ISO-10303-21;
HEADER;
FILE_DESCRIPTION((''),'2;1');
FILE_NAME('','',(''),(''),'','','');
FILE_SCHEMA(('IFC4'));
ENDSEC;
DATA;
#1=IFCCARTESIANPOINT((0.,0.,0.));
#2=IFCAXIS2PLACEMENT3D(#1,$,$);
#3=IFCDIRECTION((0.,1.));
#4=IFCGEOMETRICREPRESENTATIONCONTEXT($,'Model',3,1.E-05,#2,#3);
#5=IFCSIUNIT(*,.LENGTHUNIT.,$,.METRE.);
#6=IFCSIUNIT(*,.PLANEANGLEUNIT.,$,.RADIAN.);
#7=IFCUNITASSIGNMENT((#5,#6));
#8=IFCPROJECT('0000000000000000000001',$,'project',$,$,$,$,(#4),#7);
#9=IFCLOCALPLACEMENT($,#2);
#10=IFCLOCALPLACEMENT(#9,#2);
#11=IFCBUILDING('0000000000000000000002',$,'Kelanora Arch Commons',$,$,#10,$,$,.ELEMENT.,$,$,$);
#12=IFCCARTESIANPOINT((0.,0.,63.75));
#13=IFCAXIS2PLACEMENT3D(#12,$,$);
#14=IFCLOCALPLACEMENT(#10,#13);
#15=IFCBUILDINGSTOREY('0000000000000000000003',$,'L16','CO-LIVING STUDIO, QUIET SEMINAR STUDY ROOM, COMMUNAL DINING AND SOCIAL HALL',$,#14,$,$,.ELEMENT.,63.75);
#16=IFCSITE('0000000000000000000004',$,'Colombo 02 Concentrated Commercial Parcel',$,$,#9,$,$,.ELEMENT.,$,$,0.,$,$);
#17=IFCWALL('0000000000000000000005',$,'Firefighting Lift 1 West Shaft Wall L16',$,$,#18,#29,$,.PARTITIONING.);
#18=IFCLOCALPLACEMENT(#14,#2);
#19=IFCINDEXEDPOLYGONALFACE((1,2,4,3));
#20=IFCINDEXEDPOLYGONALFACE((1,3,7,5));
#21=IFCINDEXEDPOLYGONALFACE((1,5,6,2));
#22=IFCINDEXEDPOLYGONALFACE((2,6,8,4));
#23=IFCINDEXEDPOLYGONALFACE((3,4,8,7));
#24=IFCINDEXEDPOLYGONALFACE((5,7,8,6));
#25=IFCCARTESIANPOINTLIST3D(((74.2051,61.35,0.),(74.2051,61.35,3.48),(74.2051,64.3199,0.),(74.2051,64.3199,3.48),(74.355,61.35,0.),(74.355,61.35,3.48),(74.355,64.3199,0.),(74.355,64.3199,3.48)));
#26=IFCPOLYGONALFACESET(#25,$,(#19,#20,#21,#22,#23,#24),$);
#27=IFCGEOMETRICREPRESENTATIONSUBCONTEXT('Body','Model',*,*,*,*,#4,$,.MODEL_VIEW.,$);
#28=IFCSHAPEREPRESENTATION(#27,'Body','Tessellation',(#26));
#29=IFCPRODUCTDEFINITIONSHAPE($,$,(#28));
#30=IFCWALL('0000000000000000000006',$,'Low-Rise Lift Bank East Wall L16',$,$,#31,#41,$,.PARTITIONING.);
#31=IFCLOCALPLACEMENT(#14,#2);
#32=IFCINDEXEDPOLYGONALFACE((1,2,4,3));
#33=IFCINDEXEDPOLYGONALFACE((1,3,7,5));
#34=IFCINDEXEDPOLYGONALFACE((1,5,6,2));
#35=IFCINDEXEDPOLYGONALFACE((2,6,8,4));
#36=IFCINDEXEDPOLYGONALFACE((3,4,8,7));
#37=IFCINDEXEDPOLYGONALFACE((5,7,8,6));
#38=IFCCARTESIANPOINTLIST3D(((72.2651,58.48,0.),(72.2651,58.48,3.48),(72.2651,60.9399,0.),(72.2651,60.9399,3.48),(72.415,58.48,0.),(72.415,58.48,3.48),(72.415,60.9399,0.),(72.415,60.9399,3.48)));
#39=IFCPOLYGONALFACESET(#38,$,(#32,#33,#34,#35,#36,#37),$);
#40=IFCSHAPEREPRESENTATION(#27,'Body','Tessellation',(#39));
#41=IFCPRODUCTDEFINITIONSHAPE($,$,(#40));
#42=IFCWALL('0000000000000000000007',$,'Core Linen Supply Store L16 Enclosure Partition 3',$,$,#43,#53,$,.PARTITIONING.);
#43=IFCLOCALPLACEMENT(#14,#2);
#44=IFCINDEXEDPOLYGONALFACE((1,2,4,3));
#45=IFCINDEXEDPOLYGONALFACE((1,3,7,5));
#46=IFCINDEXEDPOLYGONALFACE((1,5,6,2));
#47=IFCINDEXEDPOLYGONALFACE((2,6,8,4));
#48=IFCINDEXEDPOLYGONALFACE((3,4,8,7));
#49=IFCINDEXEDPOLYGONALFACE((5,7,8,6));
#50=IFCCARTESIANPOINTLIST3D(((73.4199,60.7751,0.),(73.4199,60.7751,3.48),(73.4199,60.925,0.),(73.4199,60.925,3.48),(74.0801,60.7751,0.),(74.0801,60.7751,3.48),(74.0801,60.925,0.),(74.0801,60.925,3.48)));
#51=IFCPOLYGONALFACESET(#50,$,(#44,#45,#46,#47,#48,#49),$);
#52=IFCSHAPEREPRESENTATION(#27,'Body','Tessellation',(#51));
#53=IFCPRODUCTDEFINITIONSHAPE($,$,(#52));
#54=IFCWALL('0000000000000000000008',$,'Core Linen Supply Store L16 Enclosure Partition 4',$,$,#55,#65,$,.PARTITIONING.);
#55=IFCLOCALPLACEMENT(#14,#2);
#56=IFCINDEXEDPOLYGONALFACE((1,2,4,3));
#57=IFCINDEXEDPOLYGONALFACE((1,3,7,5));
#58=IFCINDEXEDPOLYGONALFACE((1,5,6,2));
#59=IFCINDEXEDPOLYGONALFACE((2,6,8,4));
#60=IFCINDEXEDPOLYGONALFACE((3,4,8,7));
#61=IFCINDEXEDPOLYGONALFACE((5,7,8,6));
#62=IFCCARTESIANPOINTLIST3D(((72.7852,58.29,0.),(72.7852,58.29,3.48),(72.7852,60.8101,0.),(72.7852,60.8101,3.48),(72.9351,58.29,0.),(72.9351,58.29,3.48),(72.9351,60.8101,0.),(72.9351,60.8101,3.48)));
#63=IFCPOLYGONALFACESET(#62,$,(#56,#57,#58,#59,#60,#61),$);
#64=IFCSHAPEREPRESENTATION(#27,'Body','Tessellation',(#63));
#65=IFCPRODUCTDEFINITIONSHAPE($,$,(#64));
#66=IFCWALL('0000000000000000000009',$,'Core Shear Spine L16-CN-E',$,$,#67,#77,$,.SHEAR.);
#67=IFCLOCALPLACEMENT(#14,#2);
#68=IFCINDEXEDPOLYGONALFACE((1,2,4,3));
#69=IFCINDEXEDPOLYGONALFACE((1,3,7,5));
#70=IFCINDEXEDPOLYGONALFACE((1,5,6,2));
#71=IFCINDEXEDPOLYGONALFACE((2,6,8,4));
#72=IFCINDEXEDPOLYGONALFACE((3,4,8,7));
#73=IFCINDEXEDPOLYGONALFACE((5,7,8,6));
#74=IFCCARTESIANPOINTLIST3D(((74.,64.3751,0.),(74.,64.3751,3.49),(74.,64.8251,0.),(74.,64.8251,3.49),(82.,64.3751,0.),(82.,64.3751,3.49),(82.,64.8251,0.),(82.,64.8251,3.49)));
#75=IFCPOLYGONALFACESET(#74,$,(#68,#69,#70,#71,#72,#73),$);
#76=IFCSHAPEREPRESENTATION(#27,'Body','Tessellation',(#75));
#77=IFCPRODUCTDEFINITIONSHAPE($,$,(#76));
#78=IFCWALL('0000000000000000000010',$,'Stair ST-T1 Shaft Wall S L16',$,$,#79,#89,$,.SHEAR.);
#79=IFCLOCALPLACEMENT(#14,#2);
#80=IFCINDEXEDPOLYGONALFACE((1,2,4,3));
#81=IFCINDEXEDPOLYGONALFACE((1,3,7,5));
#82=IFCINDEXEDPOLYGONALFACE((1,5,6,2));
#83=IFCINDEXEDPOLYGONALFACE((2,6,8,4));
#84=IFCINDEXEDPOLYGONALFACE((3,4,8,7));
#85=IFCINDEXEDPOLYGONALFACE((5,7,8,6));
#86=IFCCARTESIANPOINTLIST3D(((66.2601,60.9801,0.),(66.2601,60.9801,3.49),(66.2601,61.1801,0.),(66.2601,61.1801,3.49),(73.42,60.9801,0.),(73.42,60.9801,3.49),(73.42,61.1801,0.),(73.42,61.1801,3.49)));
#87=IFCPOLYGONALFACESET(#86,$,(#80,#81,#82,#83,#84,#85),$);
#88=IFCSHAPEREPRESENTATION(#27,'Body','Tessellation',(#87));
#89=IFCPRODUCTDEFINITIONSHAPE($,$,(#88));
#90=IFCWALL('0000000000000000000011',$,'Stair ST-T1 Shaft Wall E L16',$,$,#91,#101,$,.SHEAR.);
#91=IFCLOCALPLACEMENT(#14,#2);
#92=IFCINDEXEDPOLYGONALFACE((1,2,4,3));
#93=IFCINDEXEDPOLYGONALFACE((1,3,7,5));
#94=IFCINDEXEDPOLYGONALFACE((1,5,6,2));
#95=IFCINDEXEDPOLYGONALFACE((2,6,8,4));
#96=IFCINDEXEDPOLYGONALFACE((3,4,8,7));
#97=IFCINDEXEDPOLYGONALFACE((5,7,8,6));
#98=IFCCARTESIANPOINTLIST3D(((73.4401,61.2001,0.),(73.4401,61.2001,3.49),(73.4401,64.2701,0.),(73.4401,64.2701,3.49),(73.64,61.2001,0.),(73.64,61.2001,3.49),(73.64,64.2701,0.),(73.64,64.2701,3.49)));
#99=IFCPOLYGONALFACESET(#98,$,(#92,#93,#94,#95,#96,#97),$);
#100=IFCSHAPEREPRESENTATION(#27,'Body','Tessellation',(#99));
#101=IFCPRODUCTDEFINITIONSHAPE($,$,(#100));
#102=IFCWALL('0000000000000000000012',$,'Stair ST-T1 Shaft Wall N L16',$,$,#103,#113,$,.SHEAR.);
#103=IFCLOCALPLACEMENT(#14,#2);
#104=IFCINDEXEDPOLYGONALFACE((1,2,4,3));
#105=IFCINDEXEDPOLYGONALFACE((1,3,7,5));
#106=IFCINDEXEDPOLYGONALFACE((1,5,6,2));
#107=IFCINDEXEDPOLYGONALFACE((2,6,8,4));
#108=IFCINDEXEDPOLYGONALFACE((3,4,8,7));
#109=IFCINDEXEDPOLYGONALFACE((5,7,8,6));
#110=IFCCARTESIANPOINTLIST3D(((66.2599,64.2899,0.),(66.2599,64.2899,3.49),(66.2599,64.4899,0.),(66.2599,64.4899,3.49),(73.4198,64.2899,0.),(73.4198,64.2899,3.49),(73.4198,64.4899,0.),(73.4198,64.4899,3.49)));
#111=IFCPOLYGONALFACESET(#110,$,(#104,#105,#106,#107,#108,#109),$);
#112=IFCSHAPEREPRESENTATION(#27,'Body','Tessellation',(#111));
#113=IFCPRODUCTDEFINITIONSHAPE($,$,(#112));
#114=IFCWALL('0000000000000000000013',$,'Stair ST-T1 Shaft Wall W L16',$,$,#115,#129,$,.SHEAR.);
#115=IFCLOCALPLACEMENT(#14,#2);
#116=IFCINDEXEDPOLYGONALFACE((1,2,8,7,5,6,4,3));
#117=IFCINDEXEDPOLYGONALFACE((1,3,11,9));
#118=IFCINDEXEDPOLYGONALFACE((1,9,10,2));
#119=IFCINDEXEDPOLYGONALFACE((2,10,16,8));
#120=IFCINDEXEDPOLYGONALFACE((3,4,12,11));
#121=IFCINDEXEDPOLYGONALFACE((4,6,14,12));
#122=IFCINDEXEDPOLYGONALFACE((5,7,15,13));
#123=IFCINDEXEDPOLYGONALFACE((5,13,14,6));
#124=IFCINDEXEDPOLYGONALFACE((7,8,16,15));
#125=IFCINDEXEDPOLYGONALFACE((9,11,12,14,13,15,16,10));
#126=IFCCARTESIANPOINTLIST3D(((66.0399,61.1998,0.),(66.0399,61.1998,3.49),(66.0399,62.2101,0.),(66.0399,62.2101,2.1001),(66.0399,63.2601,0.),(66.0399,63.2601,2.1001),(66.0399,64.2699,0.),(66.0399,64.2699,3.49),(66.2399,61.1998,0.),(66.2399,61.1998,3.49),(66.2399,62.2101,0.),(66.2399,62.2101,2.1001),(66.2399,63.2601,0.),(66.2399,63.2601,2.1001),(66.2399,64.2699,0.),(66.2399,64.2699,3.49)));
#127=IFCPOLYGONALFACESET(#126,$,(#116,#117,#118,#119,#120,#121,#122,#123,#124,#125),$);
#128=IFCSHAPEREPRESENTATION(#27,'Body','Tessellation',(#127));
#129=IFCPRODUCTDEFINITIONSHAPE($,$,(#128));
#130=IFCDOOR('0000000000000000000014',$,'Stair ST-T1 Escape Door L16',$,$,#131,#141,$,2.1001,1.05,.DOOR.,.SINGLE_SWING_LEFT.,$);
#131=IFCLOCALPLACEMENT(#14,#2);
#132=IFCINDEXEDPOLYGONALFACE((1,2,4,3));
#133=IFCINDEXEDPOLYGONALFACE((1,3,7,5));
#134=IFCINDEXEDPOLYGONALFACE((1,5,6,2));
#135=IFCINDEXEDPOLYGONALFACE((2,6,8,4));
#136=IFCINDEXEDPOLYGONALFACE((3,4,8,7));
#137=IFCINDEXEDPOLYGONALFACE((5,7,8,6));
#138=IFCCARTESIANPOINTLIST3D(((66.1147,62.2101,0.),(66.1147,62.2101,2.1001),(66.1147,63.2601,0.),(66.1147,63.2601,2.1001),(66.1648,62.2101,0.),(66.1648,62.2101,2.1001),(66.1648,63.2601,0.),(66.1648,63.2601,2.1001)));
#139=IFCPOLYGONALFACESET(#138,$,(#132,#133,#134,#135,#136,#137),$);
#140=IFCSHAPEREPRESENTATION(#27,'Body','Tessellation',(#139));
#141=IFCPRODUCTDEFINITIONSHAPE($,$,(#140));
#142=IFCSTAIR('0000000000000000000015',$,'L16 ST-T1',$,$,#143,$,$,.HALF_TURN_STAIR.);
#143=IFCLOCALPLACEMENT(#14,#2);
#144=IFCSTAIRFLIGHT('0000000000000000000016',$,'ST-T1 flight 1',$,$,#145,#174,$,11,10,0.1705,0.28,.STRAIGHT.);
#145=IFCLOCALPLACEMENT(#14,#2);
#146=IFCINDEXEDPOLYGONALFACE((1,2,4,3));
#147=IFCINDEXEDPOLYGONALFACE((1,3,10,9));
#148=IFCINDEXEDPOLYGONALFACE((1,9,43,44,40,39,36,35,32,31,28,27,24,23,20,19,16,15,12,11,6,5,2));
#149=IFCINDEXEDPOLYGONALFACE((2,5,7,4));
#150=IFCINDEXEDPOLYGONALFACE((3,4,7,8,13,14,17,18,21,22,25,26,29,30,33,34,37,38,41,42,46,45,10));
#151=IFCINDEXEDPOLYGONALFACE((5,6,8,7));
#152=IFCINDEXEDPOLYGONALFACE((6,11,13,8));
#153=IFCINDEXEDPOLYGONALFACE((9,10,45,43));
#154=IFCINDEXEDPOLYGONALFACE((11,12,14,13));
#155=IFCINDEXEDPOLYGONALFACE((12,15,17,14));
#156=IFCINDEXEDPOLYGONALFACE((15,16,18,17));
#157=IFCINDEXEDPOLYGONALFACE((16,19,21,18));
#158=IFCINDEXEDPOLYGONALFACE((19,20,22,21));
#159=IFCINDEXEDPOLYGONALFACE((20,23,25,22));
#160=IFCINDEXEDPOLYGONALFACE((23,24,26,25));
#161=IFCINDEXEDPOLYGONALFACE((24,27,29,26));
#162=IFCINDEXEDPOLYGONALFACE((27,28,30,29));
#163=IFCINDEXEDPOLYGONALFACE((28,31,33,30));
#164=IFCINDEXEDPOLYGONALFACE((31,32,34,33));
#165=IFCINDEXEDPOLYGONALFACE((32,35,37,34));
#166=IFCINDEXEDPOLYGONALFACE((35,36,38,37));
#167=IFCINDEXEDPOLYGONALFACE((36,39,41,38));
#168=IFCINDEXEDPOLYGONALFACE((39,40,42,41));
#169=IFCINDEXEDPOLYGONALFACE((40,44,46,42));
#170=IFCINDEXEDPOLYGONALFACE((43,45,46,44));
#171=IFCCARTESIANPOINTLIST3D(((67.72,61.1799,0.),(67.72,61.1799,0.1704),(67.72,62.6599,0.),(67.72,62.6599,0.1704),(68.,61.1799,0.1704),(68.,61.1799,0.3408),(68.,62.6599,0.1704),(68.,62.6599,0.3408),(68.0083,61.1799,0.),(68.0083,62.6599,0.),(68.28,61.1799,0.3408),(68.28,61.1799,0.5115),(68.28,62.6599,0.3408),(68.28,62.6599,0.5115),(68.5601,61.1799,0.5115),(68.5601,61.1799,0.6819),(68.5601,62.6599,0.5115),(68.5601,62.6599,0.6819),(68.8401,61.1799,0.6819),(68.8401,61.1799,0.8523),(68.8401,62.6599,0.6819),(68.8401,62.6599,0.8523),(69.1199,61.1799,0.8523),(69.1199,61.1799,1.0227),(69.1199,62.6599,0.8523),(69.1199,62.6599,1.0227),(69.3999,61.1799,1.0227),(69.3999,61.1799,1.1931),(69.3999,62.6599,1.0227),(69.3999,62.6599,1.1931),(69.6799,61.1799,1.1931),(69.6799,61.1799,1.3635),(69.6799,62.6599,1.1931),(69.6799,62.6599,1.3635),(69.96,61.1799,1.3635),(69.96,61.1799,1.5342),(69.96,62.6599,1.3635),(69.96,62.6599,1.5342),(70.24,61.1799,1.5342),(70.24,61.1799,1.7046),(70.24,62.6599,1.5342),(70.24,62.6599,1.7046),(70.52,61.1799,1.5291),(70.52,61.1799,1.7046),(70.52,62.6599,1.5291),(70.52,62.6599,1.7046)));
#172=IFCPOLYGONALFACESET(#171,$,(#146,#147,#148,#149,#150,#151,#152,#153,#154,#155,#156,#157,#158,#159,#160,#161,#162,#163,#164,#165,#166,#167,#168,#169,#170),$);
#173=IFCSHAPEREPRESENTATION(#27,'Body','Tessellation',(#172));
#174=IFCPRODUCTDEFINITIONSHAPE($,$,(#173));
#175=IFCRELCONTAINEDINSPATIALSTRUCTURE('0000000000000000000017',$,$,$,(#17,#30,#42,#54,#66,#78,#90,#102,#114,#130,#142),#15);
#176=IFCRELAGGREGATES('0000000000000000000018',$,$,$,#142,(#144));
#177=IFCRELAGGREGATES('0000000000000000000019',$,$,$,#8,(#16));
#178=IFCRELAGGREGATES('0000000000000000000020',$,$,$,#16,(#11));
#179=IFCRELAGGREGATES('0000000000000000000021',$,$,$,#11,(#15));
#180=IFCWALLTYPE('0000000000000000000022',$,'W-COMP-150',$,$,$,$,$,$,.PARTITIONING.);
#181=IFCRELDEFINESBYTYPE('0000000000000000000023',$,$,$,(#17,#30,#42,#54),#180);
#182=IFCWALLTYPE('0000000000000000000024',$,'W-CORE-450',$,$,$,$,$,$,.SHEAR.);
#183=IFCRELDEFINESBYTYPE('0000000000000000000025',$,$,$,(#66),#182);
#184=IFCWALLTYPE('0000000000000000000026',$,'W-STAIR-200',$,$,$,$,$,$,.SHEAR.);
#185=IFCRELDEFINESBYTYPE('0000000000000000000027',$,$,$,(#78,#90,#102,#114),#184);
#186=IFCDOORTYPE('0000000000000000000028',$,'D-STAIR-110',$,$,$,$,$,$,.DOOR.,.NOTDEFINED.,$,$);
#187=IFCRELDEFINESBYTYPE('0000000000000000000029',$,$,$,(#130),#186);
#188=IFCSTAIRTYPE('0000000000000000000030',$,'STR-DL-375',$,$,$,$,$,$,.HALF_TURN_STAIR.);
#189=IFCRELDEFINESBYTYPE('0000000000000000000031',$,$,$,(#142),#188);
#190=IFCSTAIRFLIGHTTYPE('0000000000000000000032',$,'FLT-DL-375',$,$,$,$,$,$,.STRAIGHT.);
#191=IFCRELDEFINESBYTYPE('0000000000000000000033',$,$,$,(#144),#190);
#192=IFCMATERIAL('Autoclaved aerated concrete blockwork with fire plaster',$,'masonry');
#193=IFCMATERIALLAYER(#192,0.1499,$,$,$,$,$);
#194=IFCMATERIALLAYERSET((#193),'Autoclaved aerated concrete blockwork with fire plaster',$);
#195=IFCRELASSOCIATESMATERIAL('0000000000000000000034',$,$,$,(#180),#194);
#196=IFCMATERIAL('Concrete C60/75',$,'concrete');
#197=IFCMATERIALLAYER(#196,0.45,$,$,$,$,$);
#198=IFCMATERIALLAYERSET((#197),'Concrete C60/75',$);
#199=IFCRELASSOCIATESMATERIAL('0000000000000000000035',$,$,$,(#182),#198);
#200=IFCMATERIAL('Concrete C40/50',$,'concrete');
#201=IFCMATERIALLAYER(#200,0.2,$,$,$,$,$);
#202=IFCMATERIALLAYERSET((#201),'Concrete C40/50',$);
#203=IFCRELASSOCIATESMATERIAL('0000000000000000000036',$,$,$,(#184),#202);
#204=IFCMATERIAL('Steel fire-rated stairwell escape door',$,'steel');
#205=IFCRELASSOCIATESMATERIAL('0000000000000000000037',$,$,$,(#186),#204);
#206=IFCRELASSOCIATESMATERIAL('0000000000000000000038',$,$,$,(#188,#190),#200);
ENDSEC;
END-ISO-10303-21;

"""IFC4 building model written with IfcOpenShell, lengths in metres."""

from ifc_helpers import new_model, si_unit, direction, frame, frame_2d, origin, place, context, subcontext, project, spatial, polyline, rectangle, outline, extrude, material, layer, layer_set, type_object, element, fill, aggregate, save


model = new_model("IFC4")

# Units and contexts
model_context = context("Model", 3, precision=1e-05, world=origin(), true_north=direction((0.0, 1.0)))
body_context = subcontext(model_context, "Body", "Model", "MODEL_VIEW")
ifc_project = project(units=[si_unit("LENGTHUNIT", "METRE"), si_unit("PLANEANGLEUNIT", "RADIAN")], contexts=[model_context])

# Site, building, storey
site_placement = place(None, origin())
site = spatial("IfcSite", under=ifc_project, at=site_placement, Name="Colombo 02 Concentrated Commercial Parcel", CompositionType="ELEMENT", RefElevation=0.0)
building_placement = place(site_placement, origin())
building = spatial("IfcBuilding", under=site, at=building_placement, Name="Kelanora Arch Commons", CompositionType="ELEMENT")
storey_placement = place(building_placement, frame((0.0, 0.0, 63.75)))
storey = spatial("IfcBuildingStorey", under=building, at=storey_placement, Name="L16", Description="CO-LIVING STUDIO, QUIET SEMINAR STUDY ROOM, COMMUNAL DINING AND SOCIAL HALL", CompositionType="ELEMENT", Elevation=63.75)

# Shared definitions
ifc_material_1 = material(Name="Concrete C60/75", Category="concrete")

# Walls
ifc_material_2 = material(Name="Autoclaved aerated concrete blockwork with fire plaster", Category="masonry")
ifc_layer_1 = layer(ifc_material_2, 0.1499)
ifc_layer_set_1 = layer_set([ifc_layer_1], Name="Autoclaved aerated concrete blockwork with fire plaster")
wall_type_1 = type_object("IfcWallType", Name="W-COMP-150", PredefinedType="PARTITIONING", material=ifc_layer_set_1)
wall_1_placement = place(storey_placement, frame((74.28, 61.3501, 0.0), z_axis=(0.0, 0.0, 1.0), x_axis=(0.0, 1.0, 0.0)))
element("IfcWall", 1, at=wall_1_placement, inside=storey, type_object=wall_type_1, Name="Firefighting Lift 1 West Shaft Wall L16", PredefinedType="PARTITIONING", context=body_context, shape_type="SweptSolid", body=[
    extrude(rectangle(XDim=2.97, YDim=0.1499, at=frame_2d((1.4849, 0.0))), origin(), (0.0, 0.0, 1.0), 3.48),
])
wall_2_placement = place(storey_placement, frame((72.3401, 58.48, 0.0), z_axis=(0.0, 0.0, 1.0), x_axis=(0.0, 1.0, 0.0)))
element("IfcWall", 2, at=wall_2_placement, inside=storey, type_object=wall_type_1, Name="Low-Rise Lift Bank East Wall L16", PredefinedType="PARTITIONING", context=body_context, shape_type="SweptSolid", body=[
    extrude(rectangle(XDim=2.46, YDim=0.1499, at=frame_2d((1.23, 0.0))), origin(), (0.0, 0.0, 1.0), 3.48),
])
wall_3_placement = place(storey_placement, frame((74.0801, 60.8501, 0.0), z_axis=(0.0, 0.0, 1.0), x_axis=(-1.0, 0.0, 0.0)))
element("IfcWall", 3, at=wall_3_placement, inside=storey, type_object=wall_type_1, Name="Core Linen Supply Store L16 Enclosure Partition 3", PredefinedType="PARTITIONING", context=body_context, shape_type="SweptSolid", body=[
    extrude(rectangle(XDim=0.6602, YDim=0.1499, at=frame_2d((0.3301, 0.0))), origin(), (0.0, 0.0, 1.0), 3.48),
])
wall_4_placement = place(storey_placement, frame((72.8601, 60.8101, 0.0), z_axis=(0.0, 0.0, 1.0), x_axis=(0.0, -1.0, 0.0)))
element("IfcWall", 4, at=wall_4_placement, inside=storey, type_object=wall_type_1, Name="Core Linen Supply Store L16 Enclosure Partition 4", PredefinedType="PARTITIONING", context=body_context, shape_type="SweptSolid", body=[
    extrude(rectangle(XDim=2.52, YDim=0.1499, at=frame_2d((1.26, 0.0))), origin(), (0.0, 0.0, 1.0), 3.48),
])
ifc_layer_2 = layer(ifc_material_1, 0.45)
ifc_layer_set_2 = layer_set([ifc_layer_2], Name="Concrete C60/75")
wall_type_2 = type_object("IfcWallType", Name="W-CORE-450", PredefinedType="SHEAR", material=ifc_layer_set_2)
wall_5_placement = place(storey_placement, frame((74.0, 64.6001, 0.0), z_axis=(0.0, 0.0, 1.0), x_axis=(1.0, 0.0, 0.0)))
element("IfcWall", 5, at=wall_5_placement, inside=storey, type_object=wall_type_2, Name="Core Shear Spine L16-CN-E", PredefinedType="SHEAR", context=body_context, shape_type="SweptSolid", body=[
    extrude(rectangle(XDim=8.0, YDim=0.45, at=frame_2d((4.0, 0.0))), origin(), (0.0, 0.0, 1.0), 3.49),
])

# Shared definitions
ifc_material_3 = material(Name="Concrete C40/50", Category="concrete")

# Walls
ifc_layer_3 = layer(ifc_material_3, 0.2)
ifc_layer_set_3 = layer_set([ifc_layer_3], Name="Concrete C40/50")
wall_type_3 = type_object("IfcWallType", Name="W-STAIR-200", PredefinedType="SHEAR", material=ifc_layer_set_3)
wall_6_placement = place(storey_placement, frame((66.26, 61.0801, 0.0), z_axis=(0.0, 0.0, 1.0), x_axis=(1.0, 0.0, 0.0)))
element("IfcWall", 6, at=wall_6_placement, inside=storey, type_object=wall_type_3, Name="Stair ST-T1 Shaft Wall S L16", PredefinedType="SHEAR", context=body_context, shape_type="SweptSolid", body=[
    extrude(rectangle(XDim=7.1599, YDim=0.2, at=frame_2d((3.5801, 0.0))), origin(), (0.0, 0.0, 1.0), 3.49),
])
wall_7_placement = place(storey_placement, frame((73.54, 61.2, 0.0), z_axis=(0.0, 0.0, 1.0), x_axis=(0.0, 1.0, 0.0)))
element("IfcWall", 7, at=wall_7_placement, inside=storey, type_object=wall_type_3, Name="Stair ST-T1 Shaft Wall E L16", PredefinedType="SHEAR", context=body_context, shape_type="SweptSolid", body=[
    extrude(rectangle(XDim=3.0701, YDim=0.2, at=frame_2d((1.5352, 0.0))), origin(), (0.0, 0.0, 1.0), 3.49),
])
wall_8_placement = place(storey_placement, frame((73.4199, 64.3899, 0.0), z_axis=(0.0, 0.0, 1.0), x_axis=(-1.0, 0.0, 0.0)))
element("IfcWall", 8, at=wall_8_placement, inside=storey, type_object=wall_type_3, Name="Stair ST-T1 Shaft Wall N L16", PredefinedType="SHEAR", context=body_context, shape_type="SweptSolid", body=[
    extrude(rectangle(XDim=7.1599, YDim=0.2, at=frame_2d((3.5801, 0.0))), origin(), (0.0, 0.0, 1.0), 3.49),
])

# Wall, opening, door
wall_9_placement = place(storey_placement, frame((66.1399, 64.27, 0.0), z_axis=(0.0, 0.0, 1.0), x_axis=(0.0, -1.0, 0.0)))
wall_9 = element("IfcWall", 9, at=wall_9_placement, inside=storey, type_object=wall_type_3, Name="Stair ST-T1 Shaft Wall W L16", PredefinedType="SHEAR", context=body_context, shape_type="SweptSolid", body=[
    extrude(rectangle(XDim=3.0701, YDim=0.2, at=frame_2d((1.5352, 0.0))), origin(), (0.0, 0.0, 1.0), 3.49),
])
opening_1_placement = place(wall_9_placement, frame((1.01, 0.0, 0.0)))
opening_1 = element("IfcOpeningElement", 10, at=opening_1_placement, cuts=wall_9, PredefinedType="OPENING", context=body_context, shape_type="SweptSolid", body=[
    extrude(rectangle(XDim=1.05, YDim=2.1001, at=frame_2d((0.5249, 1.05))), frame((0.0, 0.1099, 0.0), z_axis=(0.0, -1.0, 0.0), x_axis=(1.0, 0.0, 0.0)), (0.0, 0.0, 1.0), 0.22),
])
ifc_material_4 = material(Name="Steel fire-rated stairwell escape door", Category="steel")
door_type_1 = type_object("IfcDoorType", Name="D-STAIR-110", OperationType="NOTDEFINED", PredefinedType="DOOR", material=ifc_material_4)
door_1_placement = place(opening_1_placement, origin())
door_1 = element("IfcDoor", 11, at=door_1_placement, inside=storey, type_object=door_type_1, Name="Stair ST-T1 Escape Door L16", OperationType="SINGLE_SWING_LEFT", OverallHeight=2.1001, OverallWidth=1.05, PredefinedType="DOOR", context=body_context, shape_type="SweptSolid", body=[
    extrude(rectangle(XDim=1.05, YDim=2.1001, at=frame_2d((0.5249, 1.05))), frame((0.0, 0.0249, 0.0), z_axis=(0.0, -1.0, 0.0), x_axis=(1.0, 0.0, 0.0)), (0.0, 0.0, 1.0), 0.05),
])
fill(opening_1, door_1)

# Stair, stair flight
stair_type = type_object("IfcStairType", Name="STR-DL-375", PredefinedType="HALF_TURN_STAIR", material=ifc_material_3)
stair_placement = place(storey_placement, origin())
stair = element("IfcStair", 12, at=stair_placement, inside=storey, type_object=stair_type, Name="L16 ST-T1", PredefinedType="HALF_TURN_STAIR")
stair_flight_type = type_object("IfcStairFlightType", Name="FLT-DL-375", PredefinedType="STRAIGHT", material=ifc_material_3)
stair_flight_1_placement = place(storey_placement, frame((67.72, 61.9199, 0.0), z_axis=(0.0, 0.0, 1.0), x_axis=(1.0, 0.0, 0.0)))
stair_flight_1 = element("IfcStairFlight", 13, at=stair_flight_1_placement, type_object=stair_flight_type, Name="ST-T1 flight 1", NumberOfRisers=11, NumberOfTreads=10, PredefinedType="STRAIGHT", RiserHeight=0.1705, TreadLength=0.28, context=body_context, shape_type="SweptSolid", body=[
    extrude(outline(polyline([(0.0, 0.0), (0.0, 0.1704), (0.28, 0.1704), (0.28, 0.3408), (0.5601, 0.3408), (0.5601, 0.5115), (0.8401, 0.5115), (0.8401, 0.6819), (1.1201, 0.6819), (1.1201, 0.8523), (1.3999, 0.8523), (1.3999, 1.0227), (1.6799, 1.0227), (1.6799, 1.1931), (1.96, 1.1931), (1.96, 1.3635), (2.24, 1.3635), (2.24, 1.5342), (2.52, 1.5342), (2.52, 1.7046), (2.8, 1.7046), (2.8, 1.875), (2.8, 1.5291), (0.2883, 0.0), (0.0, 0.0)])), frame((0.0, 0.74, 0.0), z_axis=(0.0, -1.0, 0.0), x_axis=(1.0, 0.0, 0.0)), (0.0, 0.0, 1.0), 1.48),
])
aggregate(stair, [stair_flight_1])

save(model, "model.ifc")
